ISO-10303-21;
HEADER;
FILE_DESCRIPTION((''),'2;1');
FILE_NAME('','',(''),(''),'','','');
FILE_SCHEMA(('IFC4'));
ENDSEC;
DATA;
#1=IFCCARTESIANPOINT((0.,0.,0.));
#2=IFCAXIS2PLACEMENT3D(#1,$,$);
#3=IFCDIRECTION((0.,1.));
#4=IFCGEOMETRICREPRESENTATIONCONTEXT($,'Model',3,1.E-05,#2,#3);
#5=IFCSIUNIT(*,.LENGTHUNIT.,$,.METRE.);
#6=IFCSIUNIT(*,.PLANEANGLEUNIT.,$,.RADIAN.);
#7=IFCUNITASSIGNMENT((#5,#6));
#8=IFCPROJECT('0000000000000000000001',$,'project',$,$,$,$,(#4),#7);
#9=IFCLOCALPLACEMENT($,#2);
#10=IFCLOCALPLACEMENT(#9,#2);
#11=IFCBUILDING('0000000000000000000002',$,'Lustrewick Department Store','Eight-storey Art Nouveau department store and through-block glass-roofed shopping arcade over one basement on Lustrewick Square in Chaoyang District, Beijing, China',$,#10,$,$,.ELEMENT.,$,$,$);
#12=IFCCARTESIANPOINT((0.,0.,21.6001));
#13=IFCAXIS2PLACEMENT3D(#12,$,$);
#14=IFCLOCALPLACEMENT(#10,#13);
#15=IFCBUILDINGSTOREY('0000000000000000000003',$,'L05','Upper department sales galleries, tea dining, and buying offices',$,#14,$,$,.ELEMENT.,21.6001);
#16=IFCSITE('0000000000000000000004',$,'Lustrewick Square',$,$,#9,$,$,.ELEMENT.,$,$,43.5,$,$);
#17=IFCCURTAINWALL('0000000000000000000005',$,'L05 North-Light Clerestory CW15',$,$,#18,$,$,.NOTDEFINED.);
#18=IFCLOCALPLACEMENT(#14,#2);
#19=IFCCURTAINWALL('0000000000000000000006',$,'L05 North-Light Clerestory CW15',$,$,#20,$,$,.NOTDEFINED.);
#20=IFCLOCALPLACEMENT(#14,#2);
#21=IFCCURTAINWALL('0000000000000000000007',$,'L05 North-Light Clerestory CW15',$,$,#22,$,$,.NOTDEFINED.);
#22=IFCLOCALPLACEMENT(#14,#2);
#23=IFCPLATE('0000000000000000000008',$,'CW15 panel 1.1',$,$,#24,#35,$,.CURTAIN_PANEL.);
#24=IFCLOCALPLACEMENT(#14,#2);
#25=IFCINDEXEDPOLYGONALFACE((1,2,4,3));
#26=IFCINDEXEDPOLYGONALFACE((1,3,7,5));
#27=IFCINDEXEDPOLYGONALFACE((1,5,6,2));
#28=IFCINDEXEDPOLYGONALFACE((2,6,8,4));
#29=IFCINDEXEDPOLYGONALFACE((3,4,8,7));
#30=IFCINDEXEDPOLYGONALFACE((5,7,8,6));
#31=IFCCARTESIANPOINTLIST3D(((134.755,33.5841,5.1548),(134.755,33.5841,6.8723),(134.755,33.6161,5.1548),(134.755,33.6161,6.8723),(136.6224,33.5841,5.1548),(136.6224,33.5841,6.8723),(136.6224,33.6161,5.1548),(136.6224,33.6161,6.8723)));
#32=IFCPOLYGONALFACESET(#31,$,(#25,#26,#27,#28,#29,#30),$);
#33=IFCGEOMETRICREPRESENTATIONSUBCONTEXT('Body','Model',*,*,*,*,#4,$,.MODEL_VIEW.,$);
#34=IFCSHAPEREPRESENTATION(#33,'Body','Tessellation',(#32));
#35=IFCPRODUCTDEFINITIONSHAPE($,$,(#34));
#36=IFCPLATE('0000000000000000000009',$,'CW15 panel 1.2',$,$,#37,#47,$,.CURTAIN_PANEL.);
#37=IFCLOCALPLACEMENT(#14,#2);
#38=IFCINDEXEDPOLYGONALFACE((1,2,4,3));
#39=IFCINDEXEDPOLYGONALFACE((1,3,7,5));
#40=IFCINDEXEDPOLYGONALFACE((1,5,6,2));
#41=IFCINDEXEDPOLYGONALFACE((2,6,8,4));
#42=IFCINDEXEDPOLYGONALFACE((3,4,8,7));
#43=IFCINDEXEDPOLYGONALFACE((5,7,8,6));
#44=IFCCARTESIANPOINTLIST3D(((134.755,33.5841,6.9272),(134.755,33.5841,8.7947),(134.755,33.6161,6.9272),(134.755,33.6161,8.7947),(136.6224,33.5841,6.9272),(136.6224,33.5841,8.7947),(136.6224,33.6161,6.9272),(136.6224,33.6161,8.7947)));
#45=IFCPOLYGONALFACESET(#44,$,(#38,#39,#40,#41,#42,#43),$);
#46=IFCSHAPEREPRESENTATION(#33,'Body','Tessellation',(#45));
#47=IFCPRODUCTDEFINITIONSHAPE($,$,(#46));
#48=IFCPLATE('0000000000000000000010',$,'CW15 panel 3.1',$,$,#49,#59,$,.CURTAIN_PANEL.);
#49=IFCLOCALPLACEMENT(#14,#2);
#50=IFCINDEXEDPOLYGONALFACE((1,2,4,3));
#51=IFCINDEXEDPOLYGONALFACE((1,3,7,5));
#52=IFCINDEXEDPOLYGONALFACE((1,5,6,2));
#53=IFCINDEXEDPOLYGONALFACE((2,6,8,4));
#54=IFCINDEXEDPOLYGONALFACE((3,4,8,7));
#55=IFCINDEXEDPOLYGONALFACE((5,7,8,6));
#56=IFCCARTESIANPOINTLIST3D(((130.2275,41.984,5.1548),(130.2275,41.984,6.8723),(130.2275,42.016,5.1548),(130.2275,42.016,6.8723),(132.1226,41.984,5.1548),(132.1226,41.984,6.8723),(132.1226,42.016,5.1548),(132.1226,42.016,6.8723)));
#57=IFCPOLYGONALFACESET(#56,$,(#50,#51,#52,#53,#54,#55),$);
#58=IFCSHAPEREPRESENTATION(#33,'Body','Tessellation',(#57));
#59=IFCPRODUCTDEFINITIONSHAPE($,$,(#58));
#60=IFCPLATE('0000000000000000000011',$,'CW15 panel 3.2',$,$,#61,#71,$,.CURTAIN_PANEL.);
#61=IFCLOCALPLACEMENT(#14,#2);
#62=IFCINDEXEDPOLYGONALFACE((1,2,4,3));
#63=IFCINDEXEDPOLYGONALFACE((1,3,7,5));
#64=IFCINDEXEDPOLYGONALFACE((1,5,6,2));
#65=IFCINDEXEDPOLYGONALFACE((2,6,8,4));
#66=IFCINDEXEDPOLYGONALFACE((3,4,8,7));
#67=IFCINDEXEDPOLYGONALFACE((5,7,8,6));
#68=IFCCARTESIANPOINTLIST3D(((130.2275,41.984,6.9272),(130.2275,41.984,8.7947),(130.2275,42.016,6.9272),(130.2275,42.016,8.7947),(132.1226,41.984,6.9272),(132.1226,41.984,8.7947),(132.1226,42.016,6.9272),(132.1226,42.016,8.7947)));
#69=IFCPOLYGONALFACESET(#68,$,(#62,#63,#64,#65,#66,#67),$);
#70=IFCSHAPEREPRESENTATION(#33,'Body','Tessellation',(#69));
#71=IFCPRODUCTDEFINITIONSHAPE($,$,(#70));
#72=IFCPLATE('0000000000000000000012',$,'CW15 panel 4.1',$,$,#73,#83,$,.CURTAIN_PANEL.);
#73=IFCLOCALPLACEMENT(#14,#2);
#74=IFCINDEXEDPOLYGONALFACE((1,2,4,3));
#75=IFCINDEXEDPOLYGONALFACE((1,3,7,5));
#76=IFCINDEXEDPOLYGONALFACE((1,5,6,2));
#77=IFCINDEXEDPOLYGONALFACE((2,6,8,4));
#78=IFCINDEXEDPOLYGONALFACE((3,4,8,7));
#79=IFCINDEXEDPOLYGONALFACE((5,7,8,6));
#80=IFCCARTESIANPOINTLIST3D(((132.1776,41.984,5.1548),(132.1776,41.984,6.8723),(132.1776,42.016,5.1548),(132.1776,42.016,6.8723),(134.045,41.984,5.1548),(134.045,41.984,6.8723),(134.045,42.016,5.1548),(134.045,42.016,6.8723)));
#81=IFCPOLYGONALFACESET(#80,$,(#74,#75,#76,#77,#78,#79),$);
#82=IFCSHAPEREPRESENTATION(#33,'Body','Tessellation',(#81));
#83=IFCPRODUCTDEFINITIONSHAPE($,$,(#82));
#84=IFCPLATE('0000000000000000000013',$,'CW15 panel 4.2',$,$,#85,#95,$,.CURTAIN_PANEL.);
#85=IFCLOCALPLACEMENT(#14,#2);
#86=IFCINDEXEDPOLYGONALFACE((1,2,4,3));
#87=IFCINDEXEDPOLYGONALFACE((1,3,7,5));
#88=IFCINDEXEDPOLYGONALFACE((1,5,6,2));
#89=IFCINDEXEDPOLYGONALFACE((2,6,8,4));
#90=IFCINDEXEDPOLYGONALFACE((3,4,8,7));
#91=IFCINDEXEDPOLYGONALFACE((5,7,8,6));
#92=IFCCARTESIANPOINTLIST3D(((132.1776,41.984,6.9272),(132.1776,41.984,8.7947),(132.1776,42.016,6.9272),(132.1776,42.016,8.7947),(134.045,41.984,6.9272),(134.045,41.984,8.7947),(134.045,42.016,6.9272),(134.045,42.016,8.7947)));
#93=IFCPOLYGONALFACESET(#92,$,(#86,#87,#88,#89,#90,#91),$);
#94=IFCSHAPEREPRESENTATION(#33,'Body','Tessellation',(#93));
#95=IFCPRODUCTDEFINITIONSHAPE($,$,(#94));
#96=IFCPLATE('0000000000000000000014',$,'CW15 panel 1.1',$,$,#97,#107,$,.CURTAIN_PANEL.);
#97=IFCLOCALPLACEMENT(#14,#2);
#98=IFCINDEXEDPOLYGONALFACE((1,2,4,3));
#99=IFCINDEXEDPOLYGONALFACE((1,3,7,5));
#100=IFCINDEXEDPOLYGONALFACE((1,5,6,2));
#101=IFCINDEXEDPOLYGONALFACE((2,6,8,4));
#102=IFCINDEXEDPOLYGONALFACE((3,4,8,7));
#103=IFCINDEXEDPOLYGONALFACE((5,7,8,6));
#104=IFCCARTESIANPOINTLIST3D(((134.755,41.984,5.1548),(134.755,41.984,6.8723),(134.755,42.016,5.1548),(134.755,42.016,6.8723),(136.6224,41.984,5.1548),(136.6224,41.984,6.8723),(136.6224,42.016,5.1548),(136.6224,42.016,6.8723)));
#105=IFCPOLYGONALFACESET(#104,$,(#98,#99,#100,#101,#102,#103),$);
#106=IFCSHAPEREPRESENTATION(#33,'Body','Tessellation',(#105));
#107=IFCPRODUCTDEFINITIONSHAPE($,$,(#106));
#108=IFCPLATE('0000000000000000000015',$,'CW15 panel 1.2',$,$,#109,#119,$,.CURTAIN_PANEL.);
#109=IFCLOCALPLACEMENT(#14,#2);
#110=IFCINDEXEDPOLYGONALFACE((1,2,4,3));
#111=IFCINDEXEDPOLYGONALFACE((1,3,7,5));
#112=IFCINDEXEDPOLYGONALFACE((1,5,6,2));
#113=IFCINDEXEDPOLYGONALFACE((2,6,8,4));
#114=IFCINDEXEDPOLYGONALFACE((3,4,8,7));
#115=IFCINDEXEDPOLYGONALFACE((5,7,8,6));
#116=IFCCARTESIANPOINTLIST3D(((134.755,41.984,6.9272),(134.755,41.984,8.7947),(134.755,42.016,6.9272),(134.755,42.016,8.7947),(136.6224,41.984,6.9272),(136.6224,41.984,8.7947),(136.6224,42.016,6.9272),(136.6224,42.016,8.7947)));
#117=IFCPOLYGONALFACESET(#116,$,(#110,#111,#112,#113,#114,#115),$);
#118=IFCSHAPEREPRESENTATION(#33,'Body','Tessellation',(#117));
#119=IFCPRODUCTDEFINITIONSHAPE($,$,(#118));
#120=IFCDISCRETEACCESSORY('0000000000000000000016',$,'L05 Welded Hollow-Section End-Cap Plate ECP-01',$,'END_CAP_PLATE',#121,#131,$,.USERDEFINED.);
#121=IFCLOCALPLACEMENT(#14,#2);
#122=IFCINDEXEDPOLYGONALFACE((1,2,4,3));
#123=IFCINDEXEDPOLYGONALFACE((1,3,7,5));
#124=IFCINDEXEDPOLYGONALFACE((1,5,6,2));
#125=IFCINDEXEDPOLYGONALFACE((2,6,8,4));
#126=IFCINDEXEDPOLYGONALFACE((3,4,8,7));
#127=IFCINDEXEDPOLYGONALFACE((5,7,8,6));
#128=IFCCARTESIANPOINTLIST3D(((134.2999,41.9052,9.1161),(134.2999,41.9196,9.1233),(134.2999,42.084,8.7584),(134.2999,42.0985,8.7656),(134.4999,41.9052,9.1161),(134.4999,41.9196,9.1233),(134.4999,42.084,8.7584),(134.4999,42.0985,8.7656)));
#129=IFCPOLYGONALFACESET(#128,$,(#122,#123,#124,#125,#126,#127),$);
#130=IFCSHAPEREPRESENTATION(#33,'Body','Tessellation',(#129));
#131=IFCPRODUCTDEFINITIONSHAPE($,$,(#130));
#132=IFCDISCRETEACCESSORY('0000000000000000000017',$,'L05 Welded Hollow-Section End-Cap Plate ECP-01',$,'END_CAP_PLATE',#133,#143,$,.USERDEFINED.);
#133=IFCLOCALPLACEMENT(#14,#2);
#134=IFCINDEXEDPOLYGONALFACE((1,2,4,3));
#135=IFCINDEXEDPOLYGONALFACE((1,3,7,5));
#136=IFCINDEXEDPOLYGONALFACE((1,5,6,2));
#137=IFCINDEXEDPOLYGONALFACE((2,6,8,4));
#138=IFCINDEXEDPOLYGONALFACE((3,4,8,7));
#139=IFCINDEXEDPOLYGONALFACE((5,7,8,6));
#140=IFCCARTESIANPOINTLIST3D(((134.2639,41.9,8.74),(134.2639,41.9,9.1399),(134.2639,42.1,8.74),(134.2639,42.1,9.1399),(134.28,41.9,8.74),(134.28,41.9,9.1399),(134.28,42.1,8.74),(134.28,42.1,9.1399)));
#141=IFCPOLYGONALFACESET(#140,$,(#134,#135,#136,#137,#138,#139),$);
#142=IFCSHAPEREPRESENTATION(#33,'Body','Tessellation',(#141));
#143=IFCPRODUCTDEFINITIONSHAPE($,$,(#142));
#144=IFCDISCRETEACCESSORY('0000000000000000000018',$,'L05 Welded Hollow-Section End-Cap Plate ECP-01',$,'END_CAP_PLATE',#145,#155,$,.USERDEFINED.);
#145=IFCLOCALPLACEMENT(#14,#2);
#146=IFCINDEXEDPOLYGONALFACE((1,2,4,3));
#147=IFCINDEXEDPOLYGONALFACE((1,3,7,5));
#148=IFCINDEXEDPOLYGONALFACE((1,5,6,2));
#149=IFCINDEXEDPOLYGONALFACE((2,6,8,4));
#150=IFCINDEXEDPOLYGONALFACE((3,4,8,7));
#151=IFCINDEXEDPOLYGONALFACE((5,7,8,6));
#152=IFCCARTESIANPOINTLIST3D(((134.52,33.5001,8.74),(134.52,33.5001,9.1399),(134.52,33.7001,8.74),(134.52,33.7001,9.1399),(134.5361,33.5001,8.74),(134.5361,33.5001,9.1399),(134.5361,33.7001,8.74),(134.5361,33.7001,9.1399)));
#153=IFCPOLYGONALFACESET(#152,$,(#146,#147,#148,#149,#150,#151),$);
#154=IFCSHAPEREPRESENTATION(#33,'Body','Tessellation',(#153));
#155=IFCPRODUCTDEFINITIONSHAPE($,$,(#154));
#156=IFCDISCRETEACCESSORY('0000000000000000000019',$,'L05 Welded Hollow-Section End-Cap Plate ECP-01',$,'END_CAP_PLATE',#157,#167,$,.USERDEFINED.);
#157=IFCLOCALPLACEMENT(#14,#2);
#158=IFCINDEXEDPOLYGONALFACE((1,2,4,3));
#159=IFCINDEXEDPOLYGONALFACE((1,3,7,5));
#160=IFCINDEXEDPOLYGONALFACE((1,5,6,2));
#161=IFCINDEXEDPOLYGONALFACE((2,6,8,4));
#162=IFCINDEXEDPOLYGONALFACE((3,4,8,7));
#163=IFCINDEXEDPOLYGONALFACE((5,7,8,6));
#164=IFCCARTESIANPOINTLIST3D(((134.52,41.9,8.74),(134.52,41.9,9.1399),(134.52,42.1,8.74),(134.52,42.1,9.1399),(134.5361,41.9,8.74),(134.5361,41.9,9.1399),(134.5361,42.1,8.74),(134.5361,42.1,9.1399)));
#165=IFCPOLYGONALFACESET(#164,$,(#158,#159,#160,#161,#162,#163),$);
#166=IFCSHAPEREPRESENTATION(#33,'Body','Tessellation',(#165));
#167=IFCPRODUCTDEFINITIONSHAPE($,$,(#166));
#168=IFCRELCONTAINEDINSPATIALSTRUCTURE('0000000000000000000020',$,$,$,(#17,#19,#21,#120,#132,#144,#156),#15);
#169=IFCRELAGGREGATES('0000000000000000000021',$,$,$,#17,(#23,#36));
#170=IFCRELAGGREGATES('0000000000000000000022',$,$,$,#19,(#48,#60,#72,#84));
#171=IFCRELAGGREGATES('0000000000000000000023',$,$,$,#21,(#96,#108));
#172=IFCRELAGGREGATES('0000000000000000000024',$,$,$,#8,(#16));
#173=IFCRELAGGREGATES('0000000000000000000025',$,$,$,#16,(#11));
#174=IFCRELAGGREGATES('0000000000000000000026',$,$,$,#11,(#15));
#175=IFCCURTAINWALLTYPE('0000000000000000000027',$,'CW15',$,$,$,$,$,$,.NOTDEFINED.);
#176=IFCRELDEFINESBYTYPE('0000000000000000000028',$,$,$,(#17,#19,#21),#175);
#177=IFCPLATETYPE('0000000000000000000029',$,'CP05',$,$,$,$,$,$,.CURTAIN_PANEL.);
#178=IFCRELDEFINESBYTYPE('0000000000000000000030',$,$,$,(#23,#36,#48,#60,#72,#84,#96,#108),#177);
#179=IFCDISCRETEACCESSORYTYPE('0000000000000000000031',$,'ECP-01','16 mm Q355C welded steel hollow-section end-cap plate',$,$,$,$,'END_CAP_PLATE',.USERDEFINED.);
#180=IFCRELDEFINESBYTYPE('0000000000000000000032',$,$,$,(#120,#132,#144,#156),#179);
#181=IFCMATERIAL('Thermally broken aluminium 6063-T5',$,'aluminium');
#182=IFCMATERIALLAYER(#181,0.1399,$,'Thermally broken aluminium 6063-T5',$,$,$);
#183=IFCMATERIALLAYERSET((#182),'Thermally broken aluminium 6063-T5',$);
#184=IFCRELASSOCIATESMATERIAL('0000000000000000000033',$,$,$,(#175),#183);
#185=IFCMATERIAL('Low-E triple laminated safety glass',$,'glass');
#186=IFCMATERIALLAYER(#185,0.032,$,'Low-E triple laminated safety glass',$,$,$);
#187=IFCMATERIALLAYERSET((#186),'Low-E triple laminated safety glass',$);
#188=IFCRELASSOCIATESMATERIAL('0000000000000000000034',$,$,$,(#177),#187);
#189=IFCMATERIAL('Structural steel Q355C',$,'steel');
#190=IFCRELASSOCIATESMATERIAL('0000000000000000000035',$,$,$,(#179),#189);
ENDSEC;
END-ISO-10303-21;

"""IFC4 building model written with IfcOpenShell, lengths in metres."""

from ifc_helpers import new_model, si_unit, direction, frame, origin, origin_2d, place, context, subcontext, project, spatial, rectangle, extrude, material, layer, layer_set, type_object, element, aggregate, save


model = new_model("IFC4")

# Units and contexts
model_context = context("Model", 3, precision=1e-05, world=origin(), true_north=direction((0.0, 1.0)))
body_context = subcontext(model_context, "Body", "Model", "MODEL_VIEW")
ifc_project = project(units=[si_unit("LENGTHUNIT", "METRE"), si_unit("PLANEANGLEUNIT", "RADIAN")], contexts=[model_context])

# Site, building, storey
site_placement = place(None, origin())
site = spatial("IfcSite", under=ifc_project, at=site_placement, Name="Lustrewick Square", CompositionType="ELEMENT", RefElevation=43.5)
building_placement = place(site_placement, origin())
building = spatial("IfcBuilding", under=site, at=building_placement, Name="Lustrewick Department Store", Description="Eight-storey Art Nouveau department store and through-block glass-roofed shopping arcade over one basement on Lustrewick Square in Chaoyang District, Beijing, China", CompositionType="ELEMENT")
storey_placement = place(building_placement, frame((0.0, 0.0, 21.6001)))
storey = spatial("IfcBuildingStorey", under=building, at=storey_placement, Name="L05", Description="Upper department sales galleries, tea dining, and buying offices", CompositionType="ELEMENT", Elevation=21.6001)

# Curtain walls
ifc_material_1 = material(Name="Thermally broken aluminium 6063-T5", Category="aluminium")
ifc_layer_1 = layer(ifc_material_1, 0.1399, Name="Thermally broken aluminium 6063-T5")
ifc_layer_set_1 = layer_set([ifc_layer_1], Name="Thermally broken aluminium 6063-T5")
curtain_wall_type = type_object("IfcCurtainWallType", Name="CW15", PredefinedType="NOTDEFINED", material=ifc_layer_set_1)
curtain_wall_1_placement = place(storey_placement, origin())
curtain_wall_1 = element("IfcCurtainWall", 1, at=curtain_wall_1_placement, inside=storey, type_object=curtain_wall_type, Name="L05 North-Light Clerestory CW15", PredefinedType="NOTDEFINED")
curtain_wall_2_placement = place(storey_placement, origin())
curtain_wall_2 = element("IfcCurtainWall", 2, at=curtain_wall_2_placement, inside=storey, type_object=curtain_wall_type, Name="L05 North-Light Clerestory CW15", PredefinedType="NOTDEFINED")
curtain_wall_3_placement = place(storey_placement, origin())
curtain_wall_3 = element("IfcCurtainWall", 3, at=curtain_wall_3_placement, inside=storey, type_object=curtain_wall_type, Name="L05 North-Light Clerestory CW15", PredefinedType="NOTDEFINED")

# Shared definitions
ifc_material_2 = material(Name="Structural steel Q355C", Category="steel")

# Plates
ifc_material_3 = material(Name="Low-E triple laminated safety glass", Category="glass")
ifc_layer_2 = layer(ifc_material_3, 0.032, Name="Low-E triple laminated safety glass")
ifc_layer_set_2 = layer_set([ifc_layer_2], Name="Low-E triple laminated safety glass")
plate_type = type_object("IfcPlateType", Name="CP05", PredefinedType="CURTAIN_PANEL", material=ifc_layer_set_2)
plate_1_placement = place(storey_placement, frame((135.6887, 33.6001, 5.1548), z_axis=(0.0, 0.0, 1.0), x_axis=(1.0, 0.0, 0.0)))
plate_1 = element("IfcPlate", 4, at=plate_1_placement, type_object=plate_type, Name="CW15 panel 1.1", PredefinedType="CURTAIN_PANEL", context=body_context, shape_type="SweptSolid", body=[
    extrude(rectangle(XDim=1.8674, YDim=0.032, at=origin_2d()), origin(), (0.0, 0.0, 1.0), 1.7175),
])
plate_2_placement = place(storey_placement, frame((135.6887, 33.6001, 6.9272), z_axis=(0.0, 0.0, 1.0), x_axis=(1.0, 0.0, 0.0)))
plate_2 = element("IfcPlate", 5, at=plate_2_placement, type_object=plate_type, Name="CW15 panel 1.2", PredefinedType="CURTAIN_PANEL", context=body_context, shape_type="SweptSolid", body=[
    extrude(rectangle(XDim=1.8674, YDim=0.032, at=origin_2d()), origin(), (0.0, 0.0, 1.0), 1.8674),
])
aggregate(curtain_wall_1, [plate_1, plate_2])
plate_3_placement = place(storey_placement, frame((131.175, 42.0, 5.1548), z_axis=(0.0, 0.0, 1.0), x_axis=(1.0, 0.0, 0.0)))
plate_3 = element("IfcPlate", 6, at=plate_3_placement, type_object=plate_type, Name="CW15 panel 3.1", PredefinedType="CURTAIN_PANEL", context=body_context, shape_type="SweptSolid", body=[
    extrude(rectangle(XDim=1.895, YDim=0.032, at=origin_2d()), origin(), (0.0, 0.0, 1.0), 1.7175),
])
plate_4_placement = place(storey_placement, frame((131.175, 42.0, 6.9272), z_axis=(0.0, 0.0, 1.0), x_axis=(1.0, 0.0, 0.0)))
plate_4 = element("IfcPlate", 7, at=plate_4_placement, type_object=plate_type, Name="CW15 panel 3.2", PredefinedType="CURTAIN_PANEL", context=body_context, shape_type="SweptSolid", body=[
    extrude(rectangle(XDim=1.895, YDim=0.032, at=origin_2d()), origin(), (0.0, 0.0, 1.0), 1.8674),
])
plate_5_placement = place(storey_placement, frame((133.1113, 42.0, 5.1548), z_axis=(0.0, 0.0, 1.0), x_axis=(1.0, 0.0, 0.0)))
plate_5 = element("IfcPlate", 8, at=plate_5_placement, type_object=plate_type, Name="CW15 panel 4.1", PredefinedType="CURTAIN_PANEL", context=body_context, shape_type="SweptSolid", body=[
    extrude(rectangle(XDim=1.8674, YDim=0.032, at=origin_2d()), origin(), (0.0, 0.0, 1.0), 1.7175),
])
plate_6_placement = place(storey_placement, frame((133.1113, 42.0, 6.9272), z_axis=(0.0, 0.0, 1.0), x_axis=(1.0, 0.0, 0.0)))
plate_6 = element("IfcPlate", 9, at=plate_6_placement, type_object=plate_type, Name="CW15 panel 4.2", PredefinedType="CURTAIN_PANEL", context=body_context, shape_type="SweptSolid", body=[
    extrude(rectangle(XDim=1.8674, YDim=0.032, at=origin_2d()), origin(), (0.0, 0.0, 1.0), 1.8674),
])
aggregate(curtain_wall_2, [plate_3, plate_4, plate_5, plate_6])
plate_7_placement = place(storey_placement, frame((135.6887, 42.0, 5.1548), z_axis=(0.0, 0.0, 1.0), x_axis=(1.0, 0.0, 0.0)))
plate_7 = element("IfcPlate", 10, at=plate_7_placement, type_object=plate_type, Name="CW15 panel 1.1", PredefinedType="CURTAIN_PANEL", context=body_context, shape_type="SweptSolid", body=[
    extrude(rectangle(XDim=1.8674, YDim=0.032, at=origin_2d()), origin(), (0.0, 0.0, 1.0), 1.7175),
])
plate_8_placement = place(storey_placement, frame((135.6887, 42.0, 6.9272), z_axis=(0.0, 0.0, 1.0), x_axis=(1.0, 0.0, 0.0)))
plate_8 = element("IfcPlate", 11, at=plate_8_placement, type_object=plate_type, Name="CW15 panel 1.2", PredefinedType="CURTAIN_PANEL", context=body_context, shape_type="SweptSolid", body=[
    extrude(rectangle(XDim=1.8674, YDim=0.032, at=origin_2d()), origin(), (0.0, 0.0, 1.0), 1.8674),
])
aggregate(curtain_wall_3, [plate_7, plate_8])

# Discrete accessories
discrete_accessory_type = type_object("IfcDiscreteAccessoryType", Name="ECP-01", Description="16 mm Q355C welded steel hollow-section end-cap plate", ElementType="END_CAP_PLATE", PredefinedType="USERDEFINED", material=ifc_material_2)
for number, where, z_axis, x_axis, name in (
    (12, (134.3999, 41.9946, 8.9373), (0.0, 0.894427, 0.447214), (-1.0, 0.0, 0.0), "L05 Welded Hollow-Section End-Cap Plate ECP-01"),
    (13, (134.2639, 42.0, 8.9399), (1.0, 0.0, 0.0), (0.0, 1.0, 0.0), "L05 Welded Hollow-Section End-Cap Plate ECP-01"),
    (14, (134.5361, 33.6001, 8.9399), (-1.0, 0.0, 0.0), (0.0, 1.0, 0.0), "L05 Welded Hollow-Section End-Cap Plate ECP-01"),
    (15, (134.5361, 42.0, 8.9399), (-1.0, 0.0, 0.0), (0.0, 1.0, 0.0), "L05 Welded Hollow-Section End-Cap Plate ECP-01"),
):
    element("IfcDiscreteAccessory", number, at=place(storey_placement, frame(where, z_axis=z_axis, x_axis=x_axis)), inside=storey, type_object=discrete_accessory_type, Name=name, ObjectType="END_CAP_PLATE", PredefinedType="USERDEFINED", context=body_context, shape_type="SweptSolid", body=[
        extrude(rectangle(XDim=0.2, YDim=0.3999, at=origin_2d()), origin(), (0.0, 0.0, 1.0), 0.0161),
    ])

save(model, "model.ifc")
